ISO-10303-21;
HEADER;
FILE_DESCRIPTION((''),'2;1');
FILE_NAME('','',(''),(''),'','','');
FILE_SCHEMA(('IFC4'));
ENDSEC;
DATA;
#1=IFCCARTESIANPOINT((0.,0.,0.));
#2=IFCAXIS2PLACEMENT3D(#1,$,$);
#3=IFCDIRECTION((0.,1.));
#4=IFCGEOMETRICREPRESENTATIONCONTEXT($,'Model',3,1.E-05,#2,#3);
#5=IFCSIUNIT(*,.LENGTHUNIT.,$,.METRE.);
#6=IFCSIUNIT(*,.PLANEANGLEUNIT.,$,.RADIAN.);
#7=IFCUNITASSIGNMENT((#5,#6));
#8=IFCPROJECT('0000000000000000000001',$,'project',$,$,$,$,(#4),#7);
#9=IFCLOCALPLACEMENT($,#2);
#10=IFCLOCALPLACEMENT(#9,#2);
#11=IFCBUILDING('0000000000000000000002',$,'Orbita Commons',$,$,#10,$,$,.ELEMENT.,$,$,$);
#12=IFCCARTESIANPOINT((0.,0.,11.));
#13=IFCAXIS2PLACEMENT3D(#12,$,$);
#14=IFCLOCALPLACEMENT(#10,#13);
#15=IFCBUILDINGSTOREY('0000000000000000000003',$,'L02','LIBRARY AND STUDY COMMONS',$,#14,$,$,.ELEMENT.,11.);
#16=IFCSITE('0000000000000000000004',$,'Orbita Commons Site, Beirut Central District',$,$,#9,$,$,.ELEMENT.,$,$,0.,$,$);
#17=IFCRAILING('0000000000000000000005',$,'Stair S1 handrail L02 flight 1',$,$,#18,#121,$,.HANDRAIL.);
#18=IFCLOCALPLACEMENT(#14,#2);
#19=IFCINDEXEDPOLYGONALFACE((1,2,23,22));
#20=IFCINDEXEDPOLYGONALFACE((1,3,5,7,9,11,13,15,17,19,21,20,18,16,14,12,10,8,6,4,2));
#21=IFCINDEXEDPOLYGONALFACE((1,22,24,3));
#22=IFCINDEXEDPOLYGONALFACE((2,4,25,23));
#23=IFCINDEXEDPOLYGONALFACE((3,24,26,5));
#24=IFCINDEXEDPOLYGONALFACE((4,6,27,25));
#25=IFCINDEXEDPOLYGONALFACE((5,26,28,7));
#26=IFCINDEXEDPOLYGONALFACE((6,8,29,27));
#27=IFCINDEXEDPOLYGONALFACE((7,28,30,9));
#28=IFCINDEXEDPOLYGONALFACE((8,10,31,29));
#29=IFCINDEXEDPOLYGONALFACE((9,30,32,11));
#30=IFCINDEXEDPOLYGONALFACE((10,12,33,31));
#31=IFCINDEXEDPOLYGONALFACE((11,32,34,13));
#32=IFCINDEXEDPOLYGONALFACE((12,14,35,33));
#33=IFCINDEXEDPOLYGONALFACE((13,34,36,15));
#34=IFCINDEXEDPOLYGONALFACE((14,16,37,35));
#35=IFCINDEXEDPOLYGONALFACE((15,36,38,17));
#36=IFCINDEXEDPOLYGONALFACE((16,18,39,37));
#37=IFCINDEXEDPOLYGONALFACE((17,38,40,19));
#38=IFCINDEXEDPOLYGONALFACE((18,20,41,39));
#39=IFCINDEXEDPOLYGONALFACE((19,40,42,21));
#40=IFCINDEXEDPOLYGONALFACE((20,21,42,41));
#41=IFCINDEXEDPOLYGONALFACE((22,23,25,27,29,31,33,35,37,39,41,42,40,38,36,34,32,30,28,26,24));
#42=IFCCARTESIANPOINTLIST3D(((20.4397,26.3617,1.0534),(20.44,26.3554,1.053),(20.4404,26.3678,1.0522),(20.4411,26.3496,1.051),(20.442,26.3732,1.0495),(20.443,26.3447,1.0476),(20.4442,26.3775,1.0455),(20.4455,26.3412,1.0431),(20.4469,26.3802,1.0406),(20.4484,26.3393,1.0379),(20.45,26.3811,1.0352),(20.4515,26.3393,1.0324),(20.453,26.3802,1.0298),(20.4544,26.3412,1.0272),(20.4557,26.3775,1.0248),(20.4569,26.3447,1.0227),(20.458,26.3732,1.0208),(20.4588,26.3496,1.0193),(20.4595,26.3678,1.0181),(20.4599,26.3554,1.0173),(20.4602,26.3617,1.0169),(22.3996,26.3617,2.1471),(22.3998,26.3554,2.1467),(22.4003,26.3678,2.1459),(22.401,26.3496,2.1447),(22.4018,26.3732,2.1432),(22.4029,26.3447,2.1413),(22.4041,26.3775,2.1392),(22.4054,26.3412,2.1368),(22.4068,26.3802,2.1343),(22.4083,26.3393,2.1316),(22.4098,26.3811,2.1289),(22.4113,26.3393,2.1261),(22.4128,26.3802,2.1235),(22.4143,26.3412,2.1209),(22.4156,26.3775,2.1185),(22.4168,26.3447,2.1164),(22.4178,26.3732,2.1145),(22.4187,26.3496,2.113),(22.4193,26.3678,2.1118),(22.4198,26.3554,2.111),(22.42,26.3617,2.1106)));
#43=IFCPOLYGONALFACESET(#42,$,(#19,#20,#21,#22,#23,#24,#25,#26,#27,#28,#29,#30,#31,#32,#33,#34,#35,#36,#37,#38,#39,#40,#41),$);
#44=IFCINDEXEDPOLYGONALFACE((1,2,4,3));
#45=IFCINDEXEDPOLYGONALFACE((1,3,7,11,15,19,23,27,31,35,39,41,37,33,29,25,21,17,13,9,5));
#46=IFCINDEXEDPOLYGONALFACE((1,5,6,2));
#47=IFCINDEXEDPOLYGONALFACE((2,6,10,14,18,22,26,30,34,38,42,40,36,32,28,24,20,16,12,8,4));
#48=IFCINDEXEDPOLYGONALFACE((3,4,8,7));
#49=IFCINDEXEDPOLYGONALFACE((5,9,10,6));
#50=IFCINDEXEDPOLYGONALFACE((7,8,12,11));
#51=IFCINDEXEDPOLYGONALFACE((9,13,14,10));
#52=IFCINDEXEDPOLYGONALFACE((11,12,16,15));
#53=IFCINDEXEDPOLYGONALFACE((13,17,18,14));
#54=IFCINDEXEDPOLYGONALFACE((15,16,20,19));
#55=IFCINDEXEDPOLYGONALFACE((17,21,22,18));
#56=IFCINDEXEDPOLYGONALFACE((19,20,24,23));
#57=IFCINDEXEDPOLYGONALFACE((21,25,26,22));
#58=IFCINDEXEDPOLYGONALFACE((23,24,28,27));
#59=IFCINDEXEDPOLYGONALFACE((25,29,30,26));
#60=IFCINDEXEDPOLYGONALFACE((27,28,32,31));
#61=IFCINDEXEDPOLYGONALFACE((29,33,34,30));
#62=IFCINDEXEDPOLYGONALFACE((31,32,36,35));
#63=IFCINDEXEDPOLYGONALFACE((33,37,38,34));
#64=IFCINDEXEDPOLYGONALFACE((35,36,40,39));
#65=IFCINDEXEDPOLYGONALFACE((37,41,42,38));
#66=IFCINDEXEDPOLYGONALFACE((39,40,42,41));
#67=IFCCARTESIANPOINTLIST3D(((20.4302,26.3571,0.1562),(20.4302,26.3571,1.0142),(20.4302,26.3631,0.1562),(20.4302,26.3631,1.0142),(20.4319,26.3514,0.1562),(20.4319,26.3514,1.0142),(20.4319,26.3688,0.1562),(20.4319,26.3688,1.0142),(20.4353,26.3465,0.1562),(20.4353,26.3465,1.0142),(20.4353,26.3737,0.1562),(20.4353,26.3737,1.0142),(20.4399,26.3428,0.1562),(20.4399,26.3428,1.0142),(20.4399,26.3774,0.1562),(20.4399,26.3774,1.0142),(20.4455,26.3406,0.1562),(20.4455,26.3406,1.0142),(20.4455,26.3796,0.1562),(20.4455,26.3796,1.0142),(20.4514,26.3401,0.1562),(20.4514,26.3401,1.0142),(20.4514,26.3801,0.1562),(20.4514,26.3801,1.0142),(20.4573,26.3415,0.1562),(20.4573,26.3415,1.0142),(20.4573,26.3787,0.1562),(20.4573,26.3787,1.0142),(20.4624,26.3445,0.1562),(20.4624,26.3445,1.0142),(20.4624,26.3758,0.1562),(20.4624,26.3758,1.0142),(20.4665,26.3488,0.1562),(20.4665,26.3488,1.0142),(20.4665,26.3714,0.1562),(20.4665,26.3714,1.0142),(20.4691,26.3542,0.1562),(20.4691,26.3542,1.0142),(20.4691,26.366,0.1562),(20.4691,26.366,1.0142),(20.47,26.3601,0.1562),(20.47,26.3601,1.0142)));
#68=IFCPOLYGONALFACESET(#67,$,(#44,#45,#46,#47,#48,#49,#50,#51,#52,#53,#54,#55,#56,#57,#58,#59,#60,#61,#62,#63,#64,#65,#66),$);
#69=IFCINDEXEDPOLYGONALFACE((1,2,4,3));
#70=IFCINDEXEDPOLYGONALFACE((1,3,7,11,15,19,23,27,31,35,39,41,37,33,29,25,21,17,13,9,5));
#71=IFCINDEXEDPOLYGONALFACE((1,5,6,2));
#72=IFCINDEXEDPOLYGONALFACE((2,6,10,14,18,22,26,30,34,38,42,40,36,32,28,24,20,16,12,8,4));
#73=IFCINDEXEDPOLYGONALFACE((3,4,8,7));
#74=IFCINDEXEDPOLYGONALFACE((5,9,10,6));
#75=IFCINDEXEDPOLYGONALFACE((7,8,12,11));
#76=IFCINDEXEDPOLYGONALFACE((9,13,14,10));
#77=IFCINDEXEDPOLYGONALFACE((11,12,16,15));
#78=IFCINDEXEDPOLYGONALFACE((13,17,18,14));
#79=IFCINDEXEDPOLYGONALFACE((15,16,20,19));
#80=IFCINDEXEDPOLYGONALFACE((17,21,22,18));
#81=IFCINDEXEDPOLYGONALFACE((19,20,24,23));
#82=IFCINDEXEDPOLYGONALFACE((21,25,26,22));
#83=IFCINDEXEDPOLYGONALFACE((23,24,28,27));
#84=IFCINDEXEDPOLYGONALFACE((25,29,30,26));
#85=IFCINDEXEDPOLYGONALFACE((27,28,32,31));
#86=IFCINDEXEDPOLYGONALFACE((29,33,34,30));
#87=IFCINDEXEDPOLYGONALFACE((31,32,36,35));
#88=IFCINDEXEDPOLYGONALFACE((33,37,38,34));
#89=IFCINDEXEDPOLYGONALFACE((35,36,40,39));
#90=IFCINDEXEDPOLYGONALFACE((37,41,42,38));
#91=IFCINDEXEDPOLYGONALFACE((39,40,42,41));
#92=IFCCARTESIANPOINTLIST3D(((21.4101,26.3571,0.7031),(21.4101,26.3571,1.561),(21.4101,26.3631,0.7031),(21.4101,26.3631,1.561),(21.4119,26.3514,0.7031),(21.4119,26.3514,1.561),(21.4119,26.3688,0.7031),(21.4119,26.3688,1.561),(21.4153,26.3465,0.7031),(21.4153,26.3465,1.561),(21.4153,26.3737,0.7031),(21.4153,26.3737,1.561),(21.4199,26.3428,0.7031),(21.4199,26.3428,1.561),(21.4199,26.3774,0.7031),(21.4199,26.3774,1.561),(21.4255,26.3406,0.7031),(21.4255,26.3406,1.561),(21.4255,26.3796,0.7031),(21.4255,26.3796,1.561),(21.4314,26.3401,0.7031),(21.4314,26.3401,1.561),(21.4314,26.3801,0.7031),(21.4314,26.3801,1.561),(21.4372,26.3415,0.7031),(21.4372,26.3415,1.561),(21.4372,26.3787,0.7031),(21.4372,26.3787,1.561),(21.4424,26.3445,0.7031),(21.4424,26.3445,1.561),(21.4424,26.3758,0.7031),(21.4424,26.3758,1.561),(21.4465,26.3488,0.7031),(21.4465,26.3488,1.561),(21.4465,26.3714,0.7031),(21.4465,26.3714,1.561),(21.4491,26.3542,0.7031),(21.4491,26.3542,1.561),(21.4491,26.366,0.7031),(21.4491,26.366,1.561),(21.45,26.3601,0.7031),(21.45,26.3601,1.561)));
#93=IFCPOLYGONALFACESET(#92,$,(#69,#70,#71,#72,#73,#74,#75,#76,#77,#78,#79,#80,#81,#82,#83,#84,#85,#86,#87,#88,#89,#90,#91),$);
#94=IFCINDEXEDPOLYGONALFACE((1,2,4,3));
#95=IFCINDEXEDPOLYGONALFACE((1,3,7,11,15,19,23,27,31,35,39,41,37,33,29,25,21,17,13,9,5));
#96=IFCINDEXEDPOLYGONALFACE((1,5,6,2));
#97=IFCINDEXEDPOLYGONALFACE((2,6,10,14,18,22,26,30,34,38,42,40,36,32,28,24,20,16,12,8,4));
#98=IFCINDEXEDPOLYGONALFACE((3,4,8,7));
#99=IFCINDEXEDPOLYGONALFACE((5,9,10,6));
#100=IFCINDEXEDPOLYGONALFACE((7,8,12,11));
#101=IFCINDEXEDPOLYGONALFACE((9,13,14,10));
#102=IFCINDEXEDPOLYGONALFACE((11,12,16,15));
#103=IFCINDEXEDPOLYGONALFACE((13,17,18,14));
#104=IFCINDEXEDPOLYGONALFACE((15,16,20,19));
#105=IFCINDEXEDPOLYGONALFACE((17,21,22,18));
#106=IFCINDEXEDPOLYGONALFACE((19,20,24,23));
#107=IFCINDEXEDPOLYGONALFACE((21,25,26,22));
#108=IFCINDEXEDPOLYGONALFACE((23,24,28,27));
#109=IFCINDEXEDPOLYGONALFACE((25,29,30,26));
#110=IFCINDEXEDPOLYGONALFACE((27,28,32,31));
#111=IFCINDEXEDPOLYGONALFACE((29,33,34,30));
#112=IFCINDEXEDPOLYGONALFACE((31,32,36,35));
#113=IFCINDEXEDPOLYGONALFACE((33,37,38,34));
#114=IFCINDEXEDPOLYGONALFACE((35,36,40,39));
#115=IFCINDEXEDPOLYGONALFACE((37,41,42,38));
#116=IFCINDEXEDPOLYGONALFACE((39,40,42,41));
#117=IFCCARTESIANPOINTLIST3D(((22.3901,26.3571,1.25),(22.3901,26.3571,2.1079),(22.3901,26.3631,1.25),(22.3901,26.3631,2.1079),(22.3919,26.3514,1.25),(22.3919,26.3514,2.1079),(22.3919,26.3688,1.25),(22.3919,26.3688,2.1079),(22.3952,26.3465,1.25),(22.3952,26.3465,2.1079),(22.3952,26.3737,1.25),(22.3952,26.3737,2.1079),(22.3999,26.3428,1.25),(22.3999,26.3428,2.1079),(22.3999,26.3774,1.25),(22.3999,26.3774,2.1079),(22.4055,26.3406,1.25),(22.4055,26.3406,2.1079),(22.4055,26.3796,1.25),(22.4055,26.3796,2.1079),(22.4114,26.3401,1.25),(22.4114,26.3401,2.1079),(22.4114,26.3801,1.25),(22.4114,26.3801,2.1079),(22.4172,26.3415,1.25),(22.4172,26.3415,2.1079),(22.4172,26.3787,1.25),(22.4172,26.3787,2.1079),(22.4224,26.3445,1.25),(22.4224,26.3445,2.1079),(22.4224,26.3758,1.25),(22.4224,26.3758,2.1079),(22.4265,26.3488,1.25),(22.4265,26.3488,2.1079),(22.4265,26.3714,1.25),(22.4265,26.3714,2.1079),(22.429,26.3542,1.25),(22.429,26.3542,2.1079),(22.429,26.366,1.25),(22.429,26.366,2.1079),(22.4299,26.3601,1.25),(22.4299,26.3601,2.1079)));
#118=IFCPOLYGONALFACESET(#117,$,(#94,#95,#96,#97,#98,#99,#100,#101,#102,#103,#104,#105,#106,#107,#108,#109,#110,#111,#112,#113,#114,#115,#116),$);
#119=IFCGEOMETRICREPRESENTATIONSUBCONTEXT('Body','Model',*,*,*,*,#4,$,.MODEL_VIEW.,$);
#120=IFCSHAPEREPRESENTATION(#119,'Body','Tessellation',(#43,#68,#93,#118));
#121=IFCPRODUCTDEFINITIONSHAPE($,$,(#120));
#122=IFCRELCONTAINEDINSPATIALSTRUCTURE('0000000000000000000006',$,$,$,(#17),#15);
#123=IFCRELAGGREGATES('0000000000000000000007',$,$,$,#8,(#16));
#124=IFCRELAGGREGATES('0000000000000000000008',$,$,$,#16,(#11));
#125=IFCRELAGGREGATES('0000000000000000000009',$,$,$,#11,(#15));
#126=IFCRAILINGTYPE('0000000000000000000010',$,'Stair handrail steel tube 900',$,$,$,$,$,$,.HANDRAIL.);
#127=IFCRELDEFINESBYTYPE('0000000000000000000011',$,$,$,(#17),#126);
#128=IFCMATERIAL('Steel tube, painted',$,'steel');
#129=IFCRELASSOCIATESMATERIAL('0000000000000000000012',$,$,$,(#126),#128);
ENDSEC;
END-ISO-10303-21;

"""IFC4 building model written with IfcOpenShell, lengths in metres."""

from ifc_helpers import new_model, si_unit, direction, frame, origin, origin_2d, place, context, subcontext, project, spatial, circle, extrude, material, type_object, element, save


model = new_model("IFC4")

# Units and contexts
model_context = context("Model", 3, precision=1e-05, world=origin(), true_north=direction((0.0, 1.0)))
body_context = subcontext(model_context, "Body", "Model", "MODEL_VIEW")
ifc_project = project(units=[si_unit("LENGTHUNIT", "METRE"), si_unit("PLANEANGLEUNIT", "RADIAN")], contexts=[model_context])

# Site, building, storey
site_placement = place(None, origin())
site = spatial("IfcSite", under=ifc_project, at=site_placement, Name="Orbita Commons Site, Beirut Central District", CompositionType="ELEMENT", RefElevation=0.0)
building_placement = place(site_placement, origin())
building = spatial("IfcBuilding", under=site, at=building_placement, Name="Orbita Commons", CompositionType="ELEMENT")
storey_placement = place(building_placement, frame((0.0, 0.0, 11.0)))
storey = spatial("IfcBuildingStorey", under=building, at=storey_placement, Name="L02", Description="LIBRARY AND STUDY COMMONS", CompositionType="ELEMENT", Elevation=11.0)

# Railing
ifc_material_1 = material(Name="Steel tube, painted", Category="steel")
railing_type = type_object("IfcRailingType", Name="Stair handrail steel tube 900", PredefinedType="HANDRAIL", material=ifc_material_1)
for number, where, name in (
    (1, (20.45, 26.3601, 0.1562), "Stair S1 handrail L02 flight 1"),
):
    element("IfcRailing", number, at=place(storey_placement, frame(where)), inside=storey, type_object=railing_type, Name=name, PredefinedType="HANDRAIL", context=body_context, shape_type="SweptSolid", body=[
        extrude(circle(Radius=0.021, at=origin_2d()), frame((0.0, 0.0, 0.8789), z_axis=(0.873232, 0.0, 0.487304), x_axis=(0.0, 1.0, 0.0)), (0.0, 0.0, 1.0), 2.2444),
        extrude(circle(Radius=0.02, at=origin_2d()), origin(), (0.0, 0.0, 1.0), 0.8579),
        extrude(circle(Radius=0.02, at=origin_2d()), frame((0.98, 0.0, 0.5469)), (0.0, 0.0, 1.0), 0.8579),
        extrude(circle(Radius=0.02, at=origin_2d()), frame((1.96, 0.0, 1.0938)), (0.0, 0.0, 1.0), 0.8579),
    ])

save(model, "model.ifc")
